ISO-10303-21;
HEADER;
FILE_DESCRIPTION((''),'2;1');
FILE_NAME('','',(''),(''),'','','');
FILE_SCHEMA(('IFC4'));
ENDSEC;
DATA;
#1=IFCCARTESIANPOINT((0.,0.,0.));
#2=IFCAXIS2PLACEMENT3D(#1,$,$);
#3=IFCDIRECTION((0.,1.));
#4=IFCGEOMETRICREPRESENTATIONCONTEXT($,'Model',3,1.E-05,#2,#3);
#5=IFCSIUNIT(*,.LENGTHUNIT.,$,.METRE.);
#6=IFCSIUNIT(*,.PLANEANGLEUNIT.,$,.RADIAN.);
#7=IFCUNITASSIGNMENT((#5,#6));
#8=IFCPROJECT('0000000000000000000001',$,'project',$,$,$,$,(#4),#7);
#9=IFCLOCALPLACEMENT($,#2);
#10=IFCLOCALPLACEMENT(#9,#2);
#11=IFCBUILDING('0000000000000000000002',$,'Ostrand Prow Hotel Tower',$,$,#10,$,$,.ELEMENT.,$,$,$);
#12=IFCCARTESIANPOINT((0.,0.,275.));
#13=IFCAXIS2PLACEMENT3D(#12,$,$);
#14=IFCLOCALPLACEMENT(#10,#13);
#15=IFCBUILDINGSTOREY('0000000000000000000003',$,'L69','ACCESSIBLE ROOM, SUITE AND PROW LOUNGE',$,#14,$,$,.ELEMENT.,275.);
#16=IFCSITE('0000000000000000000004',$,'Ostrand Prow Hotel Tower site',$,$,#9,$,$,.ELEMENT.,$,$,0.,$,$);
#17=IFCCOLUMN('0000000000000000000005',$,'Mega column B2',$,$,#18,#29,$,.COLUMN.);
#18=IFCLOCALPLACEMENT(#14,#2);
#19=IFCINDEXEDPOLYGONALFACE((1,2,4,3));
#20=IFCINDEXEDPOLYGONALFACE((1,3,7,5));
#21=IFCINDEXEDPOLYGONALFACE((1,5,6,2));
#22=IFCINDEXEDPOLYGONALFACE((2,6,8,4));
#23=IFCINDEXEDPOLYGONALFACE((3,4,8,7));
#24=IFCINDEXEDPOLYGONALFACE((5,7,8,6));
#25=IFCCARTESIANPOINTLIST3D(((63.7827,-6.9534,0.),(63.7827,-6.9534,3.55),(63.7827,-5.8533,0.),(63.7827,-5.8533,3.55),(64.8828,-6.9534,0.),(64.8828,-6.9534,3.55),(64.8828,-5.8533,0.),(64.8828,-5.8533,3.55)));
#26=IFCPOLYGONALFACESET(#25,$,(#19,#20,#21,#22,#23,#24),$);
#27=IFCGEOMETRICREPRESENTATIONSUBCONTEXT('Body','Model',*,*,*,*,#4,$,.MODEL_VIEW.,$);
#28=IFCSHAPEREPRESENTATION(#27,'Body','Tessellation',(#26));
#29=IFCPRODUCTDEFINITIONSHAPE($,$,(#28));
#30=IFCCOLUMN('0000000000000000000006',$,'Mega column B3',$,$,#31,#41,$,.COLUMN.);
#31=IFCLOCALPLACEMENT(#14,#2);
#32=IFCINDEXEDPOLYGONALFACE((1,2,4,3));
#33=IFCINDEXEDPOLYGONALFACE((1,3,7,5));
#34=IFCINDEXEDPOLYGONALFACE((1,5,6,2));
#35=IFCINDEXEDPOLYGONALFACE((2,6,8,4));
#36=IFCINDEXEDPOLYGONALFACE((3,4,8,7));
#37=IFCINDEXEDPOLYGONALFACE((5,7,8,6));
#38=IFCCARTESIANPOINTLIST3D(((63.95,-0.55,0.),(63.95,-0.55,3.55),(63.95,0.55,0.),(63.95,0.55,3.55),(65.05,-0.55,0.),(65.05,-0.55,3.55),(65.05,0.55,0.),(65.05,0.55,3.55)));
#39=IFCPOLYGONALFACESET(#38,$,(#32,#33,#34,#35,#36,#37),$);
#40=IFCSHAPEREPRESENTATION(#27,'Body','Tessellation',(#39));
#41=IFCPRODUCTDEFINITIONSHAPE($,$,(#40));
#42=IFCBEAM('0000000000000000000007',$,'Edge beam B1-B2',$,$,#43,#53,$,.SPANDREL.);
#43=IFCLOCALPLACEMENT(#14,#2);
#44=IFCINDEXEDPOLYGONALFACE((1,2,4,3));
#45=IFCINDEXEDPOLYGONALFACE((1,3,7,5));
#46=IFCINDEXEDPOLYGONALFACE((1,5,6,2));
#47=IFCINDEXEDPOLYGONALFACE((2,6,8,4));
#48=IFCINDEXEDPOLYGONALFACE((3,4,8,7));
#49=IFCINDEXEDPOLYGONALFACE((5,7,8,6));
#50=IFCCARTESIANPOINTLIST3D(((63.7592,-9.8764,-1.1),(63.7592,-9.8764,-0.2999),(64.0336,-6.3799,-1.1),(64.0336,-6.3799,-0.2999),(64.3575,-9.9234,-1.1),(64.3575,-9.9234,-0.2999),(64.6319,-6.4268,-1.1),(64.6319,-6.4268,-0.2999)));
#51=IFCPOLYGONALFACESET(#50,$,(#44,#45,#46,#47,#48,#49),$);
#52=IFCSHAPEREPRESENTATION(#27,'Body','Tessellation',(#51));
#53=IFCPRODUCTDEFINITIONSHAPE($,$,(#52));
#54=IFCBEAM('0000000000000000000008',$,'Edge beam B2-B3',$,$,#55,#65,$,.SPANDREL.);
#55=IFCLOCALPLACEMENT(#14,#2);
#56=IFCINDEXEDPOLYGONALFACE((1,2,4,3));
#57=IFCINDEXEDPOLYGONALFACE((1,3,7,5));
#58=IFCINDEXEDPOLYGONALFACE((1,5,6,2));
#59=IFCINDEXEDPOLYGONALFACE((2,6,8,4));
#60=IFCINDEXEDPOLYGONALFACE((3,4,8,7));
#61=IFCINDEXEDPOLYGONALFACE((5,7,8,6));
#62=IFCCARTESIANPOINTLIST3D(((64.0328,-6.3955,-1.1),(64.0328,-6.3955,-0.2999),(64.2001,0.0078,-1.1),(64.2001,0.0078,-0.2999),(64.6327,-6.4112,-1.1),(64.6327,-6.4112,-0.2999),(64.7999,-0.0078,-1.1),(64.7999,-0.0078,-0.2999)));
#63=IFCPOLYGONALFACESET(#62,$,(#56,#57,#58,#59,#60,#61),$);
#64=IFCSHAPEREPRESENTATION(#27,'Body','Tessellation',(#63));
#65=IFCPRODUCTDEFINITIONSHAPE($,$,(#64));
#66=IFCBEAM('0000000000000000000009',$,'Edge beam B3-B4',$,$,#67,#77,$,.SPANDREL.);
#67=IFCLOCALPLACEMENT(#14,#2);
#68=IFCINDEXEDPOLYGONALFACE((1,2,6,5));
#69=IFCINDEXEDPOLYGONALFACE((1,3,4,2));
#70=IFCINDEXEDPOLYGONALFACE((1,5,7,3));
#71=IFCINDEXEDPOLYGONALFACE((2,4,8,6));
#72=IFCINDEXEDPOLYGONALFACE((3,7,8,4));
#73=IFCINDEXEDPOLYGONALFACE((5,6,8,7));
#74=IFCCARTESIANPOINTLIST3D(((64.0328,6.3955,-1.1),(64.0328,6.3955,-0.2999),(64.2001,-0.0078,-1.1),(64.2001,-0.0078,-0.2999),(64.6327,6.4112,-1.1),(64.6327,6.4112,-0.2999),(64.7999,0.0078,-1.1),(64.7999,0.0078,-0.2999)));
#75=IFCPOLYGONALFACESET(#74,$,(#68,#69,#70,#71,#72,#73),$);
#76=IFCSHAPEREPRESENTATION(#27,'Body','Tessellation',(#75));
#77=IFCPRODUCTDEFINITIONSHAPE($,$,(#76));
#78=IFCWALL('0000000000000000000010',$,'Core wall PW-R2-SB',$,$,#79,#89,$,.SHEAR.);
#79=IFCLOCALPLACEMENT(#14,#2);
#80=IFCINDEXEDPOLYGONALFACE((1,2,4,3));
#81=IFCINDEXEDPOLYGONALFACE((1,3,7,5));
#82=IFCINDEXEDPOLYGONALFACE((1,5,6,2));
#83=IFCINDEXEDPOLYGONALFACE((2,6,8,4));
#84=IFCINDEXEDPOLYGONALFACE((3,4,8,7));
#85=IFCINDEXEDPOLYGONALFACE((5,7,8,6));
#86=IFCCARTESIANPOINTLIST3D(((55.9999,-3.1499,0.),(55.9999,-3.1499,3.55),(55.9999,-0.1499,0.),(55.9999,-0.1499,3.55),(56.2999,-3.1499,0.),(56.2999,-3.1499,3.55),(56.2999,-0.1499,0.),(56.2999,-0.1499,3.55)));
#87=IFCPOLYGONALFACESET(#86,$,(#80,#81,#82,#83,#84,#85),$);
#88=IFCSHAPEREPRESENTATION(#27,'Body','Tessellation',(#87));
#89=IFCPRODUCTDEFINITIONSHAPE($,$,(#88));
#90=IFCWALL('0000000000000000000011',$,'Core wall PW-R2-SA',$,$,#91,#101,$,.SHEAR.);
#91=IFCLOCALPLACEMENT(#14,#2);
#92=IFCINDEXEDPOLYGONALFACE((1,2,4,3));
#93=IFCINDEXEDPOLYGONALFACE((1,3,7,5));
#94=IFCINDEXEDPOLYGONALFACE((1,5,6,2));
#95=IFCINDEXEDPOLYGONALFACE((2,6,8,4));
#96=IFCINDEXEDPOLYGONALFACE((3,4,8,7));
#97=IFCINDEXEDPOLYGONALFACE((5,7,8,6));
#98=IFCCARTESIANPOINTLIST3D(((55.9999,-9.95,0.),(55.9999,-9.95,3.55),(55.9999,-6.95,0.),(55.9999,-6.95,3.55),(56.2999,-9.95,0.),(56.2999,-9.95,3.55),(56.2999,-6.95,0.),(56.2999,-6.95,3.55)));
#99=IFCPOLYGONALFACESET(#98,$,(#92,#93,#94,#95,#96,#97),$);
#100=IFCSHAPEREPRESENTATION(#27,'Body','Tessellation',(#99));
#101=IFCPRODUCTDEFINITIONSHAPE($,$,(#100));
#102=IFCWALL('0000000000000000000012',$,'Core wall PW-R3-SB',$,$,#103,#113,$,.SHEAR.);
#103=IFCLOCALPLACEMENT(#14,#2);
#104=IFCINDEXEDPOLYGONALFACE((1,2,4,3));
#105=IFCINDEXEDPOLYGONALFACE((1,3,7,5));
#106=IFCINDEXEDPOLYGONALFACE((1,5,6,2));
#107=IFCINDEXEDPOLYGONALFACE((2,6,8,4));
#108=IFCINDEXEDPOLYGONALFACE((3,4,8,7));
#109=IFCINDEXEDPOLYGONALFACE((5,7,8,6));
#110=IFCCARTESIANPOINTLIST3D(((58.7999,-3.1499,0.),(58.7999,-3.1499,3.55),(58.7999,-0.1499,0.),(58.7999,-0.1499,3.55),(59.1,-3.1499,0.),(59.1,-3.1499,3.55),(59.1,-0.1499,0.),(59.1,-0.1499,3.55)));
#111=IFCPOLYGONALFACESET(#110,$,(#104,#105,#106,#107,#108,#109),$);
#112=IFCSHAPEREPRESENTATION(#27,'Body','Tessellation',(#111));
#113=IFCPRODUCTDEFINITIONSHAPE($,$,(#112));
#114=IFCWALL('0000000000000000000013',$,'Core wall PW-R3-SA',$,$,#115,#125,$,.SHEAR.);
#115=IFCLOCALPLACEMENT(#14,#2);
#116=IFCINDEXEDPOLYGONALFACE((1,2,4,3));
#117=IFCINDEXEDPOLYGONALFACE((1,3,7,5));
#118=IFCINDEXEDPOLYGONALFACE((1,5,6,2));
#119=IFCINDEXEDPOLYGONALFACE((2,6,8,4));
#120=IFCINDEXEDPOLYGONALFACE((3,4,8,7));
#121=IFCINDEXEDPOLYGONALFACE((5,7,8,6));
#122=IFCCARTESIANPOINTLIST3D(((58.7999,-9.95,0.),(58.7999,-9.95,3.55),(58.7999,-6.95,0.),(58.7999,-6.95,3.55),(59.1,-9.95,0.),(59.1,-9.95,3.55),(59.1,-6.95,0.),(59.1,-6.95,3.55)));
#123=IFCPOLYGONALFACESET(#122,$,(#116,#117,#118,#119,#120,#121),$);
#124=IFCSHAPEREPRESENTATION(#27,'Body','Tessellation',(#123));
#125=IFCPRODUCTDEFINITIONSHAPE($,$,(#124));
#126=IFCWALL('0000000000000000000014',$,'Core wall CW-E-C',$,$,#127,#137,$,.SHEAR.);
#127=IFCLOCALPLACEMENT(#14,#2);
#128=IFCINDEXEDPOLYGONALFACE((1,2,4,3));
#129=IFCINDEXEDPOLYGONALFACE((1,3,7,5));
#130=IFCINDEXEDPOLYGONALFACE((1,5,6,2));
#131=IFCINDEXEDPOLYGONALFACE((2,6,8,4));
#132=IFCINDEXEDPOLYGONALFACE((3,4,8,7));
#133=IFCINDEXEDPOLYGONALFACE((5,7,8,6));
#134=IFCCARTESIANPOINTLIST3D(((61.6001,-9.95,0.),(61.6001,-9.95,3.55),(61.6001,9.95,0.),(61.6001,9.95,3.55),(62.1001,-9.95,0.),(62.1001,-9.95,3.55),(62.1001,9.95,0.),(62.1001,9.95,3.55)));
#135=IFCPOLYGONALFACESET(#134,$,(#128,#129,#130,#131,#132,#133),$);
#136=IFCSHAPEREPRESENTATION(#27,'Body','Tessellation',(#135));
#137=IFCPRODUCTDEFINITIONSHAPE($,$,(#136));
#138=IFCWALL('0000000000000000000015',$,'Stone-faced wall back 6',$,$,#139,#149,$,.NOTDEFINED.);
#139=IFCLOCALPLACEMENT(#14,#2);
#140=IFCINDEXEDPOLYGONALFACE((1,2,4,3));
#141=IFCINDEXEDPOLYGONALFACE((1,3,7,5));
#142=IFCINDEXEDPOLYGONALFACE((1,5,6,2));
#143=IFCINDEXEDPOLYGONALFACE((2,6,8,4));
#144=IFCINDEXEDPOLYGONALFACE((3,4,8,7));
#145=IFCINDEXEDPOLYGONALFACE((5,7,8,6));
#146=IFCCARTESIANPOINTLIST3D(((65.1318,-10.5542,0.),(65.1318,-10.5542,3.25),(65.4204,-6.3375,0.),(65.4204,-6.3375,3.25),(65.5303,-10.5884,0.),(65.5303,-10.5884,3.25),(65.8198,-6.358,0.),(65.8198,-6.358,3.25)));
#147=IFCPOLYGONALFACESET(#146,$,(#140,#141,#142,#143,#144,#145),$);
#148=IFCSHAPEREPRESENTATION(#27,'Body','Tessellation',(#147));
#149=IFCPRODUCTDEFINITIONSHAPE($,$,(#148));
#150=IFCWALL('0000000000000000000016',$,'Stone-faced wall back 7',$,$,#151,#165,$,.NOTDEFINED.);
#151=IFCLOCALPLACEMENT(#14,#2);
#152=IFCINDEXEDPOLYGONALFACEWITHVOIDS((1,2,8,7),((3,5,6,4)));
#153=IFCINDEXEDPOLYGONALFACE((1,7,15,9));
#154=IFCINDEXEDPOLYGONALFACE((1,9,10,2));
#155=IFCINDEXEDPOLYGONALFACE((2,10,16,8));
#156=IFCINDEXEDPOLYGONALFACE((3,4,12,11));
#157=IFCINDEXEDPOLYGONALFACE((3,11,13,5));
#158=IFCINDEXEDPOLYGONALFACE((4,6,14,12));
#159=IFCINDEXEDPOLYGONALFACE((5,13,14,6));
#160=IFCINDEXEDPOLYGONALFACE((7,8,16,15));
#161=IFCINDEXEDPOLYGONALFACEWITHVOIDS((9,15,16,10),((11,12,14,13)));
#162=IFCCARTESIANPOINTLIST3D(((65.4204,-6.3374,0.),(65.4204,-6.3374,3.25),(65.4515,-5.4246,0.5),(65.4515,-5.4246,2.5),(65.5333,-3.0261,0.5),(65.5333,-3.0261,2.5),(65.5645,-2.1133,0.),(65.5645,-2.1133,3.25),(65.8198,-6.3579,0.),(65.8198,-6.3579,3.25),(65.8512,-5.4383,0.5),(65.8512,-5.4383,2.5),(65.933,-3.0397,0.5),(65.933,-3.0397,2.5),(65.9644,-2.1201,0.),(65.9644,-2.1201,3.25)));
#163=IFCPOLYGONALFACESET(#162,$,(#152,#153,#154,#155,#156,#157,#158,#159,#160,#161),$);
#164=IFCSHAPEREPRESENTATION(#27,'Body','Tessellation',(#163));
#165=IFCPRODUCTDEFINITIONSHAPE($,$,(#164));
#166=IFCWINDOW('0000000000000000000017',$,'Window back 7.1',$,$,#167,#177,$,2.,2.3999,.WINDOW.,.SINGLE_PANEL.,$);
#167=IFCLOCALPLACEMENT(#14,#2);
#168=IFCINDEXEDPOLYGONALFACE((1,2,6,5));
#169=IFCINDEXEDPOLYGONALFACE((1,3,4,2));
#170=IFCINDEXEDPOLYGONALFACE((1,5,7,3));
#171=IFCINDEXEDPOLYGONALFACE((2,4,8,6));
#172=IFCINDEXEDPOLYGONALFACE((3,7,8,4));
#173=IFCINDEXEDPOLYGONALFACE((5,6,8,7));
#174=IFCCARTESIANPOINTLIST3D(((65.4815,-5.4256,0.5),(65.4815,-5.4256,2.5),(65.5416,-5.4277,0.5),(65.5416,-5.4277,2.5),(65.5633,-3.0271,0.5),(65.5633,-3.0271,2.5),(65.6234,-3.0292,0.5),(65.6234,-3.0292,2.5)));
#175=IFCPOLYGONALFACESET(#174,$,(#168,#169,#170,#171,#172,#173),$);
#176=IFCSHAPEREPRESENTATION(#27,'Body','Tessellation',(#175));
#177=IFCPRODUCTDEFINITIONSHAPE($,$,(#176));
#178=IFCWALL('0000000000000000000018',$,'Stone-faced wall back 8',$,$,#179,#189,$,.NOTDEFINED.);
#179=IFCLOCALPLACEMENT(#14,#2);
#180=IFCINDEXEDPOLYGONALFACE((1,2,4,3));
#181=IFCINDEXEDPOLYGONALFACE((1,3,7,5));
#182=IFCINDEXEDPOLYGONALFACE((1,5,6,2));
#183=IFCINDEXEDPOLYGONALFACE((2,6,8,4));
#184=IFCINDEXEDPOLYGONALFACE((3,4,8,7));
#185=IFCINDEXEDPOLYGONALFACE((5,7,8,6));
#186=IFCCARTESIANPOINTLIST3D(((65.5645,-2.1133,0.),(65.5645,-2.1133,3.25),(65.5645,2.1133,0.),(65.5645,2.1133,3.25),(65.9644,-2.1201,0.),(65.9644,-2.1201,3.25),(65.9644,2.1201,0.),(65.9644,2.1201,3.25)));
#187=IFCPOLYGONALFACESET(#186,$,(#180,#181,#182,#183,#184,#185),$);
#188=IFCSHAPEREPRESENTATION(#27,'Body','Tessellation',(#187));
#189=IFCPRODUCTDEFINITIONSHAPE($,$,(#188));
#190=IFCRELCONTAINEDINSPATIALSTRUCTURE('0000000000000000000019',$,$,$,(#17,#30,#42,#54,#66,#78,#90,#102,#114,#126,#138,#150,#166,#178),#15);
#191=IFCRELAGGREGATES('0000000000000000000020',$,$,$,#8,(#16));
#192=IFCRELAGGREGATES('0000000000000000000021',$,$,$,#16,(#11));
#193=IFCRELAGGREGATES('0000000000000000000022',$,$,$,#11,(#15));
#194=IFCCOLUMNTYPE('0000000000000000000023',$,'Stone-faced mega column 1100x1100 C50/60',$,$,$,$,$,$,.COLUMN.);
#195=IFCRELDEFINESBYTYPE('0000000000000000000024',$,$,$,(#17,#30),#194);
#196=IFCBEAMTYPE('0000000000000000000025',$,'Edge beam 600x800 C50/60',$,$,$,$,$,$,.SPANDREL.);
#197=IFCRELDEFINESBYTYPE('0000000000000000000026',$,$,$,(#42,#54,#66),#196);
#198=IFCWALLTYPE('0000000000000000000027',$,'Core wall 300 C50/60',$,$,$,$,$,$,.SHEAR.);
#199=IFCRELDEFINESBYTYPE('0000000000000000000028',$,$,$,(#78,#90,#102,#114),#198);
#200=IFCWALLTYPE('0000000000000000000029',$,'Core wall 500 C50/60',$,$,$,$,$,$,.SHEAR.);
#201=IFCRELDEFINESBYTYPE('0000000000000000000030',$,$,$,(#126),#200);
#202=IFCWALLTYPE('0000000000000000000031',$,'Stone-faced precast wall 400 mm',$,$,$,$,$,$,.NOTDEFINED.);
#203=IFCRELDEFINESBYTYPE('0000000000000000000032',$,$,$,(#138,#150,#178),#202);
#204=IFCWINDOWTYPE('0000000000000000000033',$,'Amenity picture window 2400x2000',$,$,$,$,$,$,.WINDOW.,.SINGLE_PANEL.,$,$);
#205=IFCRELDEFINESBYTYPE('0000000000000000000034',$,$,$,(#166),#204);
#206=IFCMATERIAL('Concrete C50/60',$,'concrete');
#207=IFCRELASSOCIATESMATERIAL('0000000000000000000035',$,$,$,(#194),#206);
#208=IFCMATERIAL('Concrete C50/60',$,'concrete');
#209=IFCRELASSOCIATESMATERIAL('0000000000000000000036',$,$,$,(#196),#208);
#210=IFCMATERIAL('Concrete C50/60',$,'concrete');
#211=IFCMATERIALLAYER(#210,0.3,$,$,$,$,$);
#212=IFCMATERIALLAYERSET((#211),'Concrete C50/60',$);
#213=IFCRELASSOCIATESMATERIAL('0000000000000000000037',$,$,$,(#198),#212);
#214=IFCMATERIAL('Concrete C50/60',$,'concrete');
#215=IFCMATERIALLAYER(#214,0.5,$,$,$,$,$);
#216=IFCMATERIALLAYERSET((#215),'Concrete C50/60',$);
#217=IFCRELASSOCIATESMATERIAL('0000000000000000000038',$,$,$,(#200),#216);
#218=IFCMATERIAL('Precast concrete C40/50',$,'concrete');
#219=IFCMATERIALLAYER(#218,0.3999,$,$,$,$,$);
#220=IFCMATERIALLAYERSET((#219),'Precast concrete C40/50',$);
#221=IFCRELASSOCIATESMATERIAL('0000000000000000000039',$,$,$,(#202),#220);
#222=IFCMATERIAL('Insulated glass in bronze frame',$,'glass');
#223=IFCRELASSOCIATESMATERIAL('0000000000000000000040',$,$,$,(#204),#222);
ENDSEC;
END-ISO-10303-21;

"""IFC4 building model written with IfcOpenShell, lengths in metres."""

from ifc_helpers import new_model, si_unit, direction, frame, frame_2d, origin, origin_2d, place, context, subcontext, project, spatial, polyline, rectangle, outline, extrude, material, layer, layer_set, material_profile, profile_set, type_object, element, fill, save


model = new_model("IFC4")

# Units and contexts
model_context = context("Model", 3, precision=1e-05, world=origin(), true_north=direction((0.0, 1.0)))
body_context = subcontext(model_context, "Body", "Model", "MODEL_VIEW")
ifc_project = project(units=[si_unit("LENGTHUNIT", "METRE"), si_unit("PLANEANGLEUNIT", "RADIAN")], contexts=[model_context])

# Site, building, storey
site_placement = place(None, origin())
site = spatial("IfcSite", under=ifc_project, at=site_placement, Name="Ostrand Prow Hotel Tower site", CompositionType="ELEMENT", RefElevation=0.0)
building_placement = place(site_placement, origin())
building = spatial("IfcBuilding", under=site, at=building_placement, Name="Ostrand Prow Hotel Tower", CompositionType="ELEMENT")
storey_placement = place(building_placement, frame((0.0, 0.0, 275.0)))
storey = spatial("IfcBuildingStorey", under=building, at=storey_placement, Name="L69", Description="ACCESSIBLE ROOM, SUITE AND PROW LOUNGE", CompositionType="ELEMENT", Elevation=275.0)

# Columns
ifc_material_1 = material(Name="Concrete C50/60", Category="concrete")
ifc_material_profile_1 = material_profile(ifc_material_1, rectangle(XDim=1.1001, YDim=1.1001, at=origin_2d()), Name="RC 1100x1100")
ifc_profile_set_1 = profile_set([ifc_material_profile_1], Name="Concrete C50/60")
column_type = type_object("IfcColumnType", Name="Stone-faced mega column 1100x1100 C50/60", PredefinedType="COLUMN", material=ifc_profile_set_1)
for number, where, z_axis, x_axis, name in (
    (1, (64.3328, -6.4033, 0.0), (0.0, 0.0, 1.0), (1.0, 0.0, 0.0), "Mega column B2"),
    (2, (64.5, 0.0, 0.0), (0.0, 0.0, 1.0), (1.0, 0.0, 0.0), "Mega column B3"),
):
    element("IfcColumn", number, at=place(storey_placement, frame(where, z_axis=z_axis, x_axis=x_axis)), inside=storey, type_object=column_type, Name=name, PredefinedType="COLUMN", context=body_context, shape_type="SweptSolid", body=[
        extrude(rectangle(XDim=1.1001, YDim=1.1001, at=origin_2d()), origin(), (0.0, 0.0, 1.0), 3.55),
    ])

# Beams
ifc_material_2 = material(Name="Concrete C50/60", Category="concrete")
ifc_material_profile_2 = material_profile(ifc_material_2, rectangle(XDim=0.6001, YDim=0.8, at=origin_2d()), Name="RC 600x800")
ifc_profile_set_2 = profile_set([ifc_material_profile_2], Name="Concrete C50/60")
beam_type = type_object("IfcBeamType", Name="Edge beam 600x800 C50/60", PredefinedType="SPANDREL", material=ifc_profile_set_2)
beam_placement = place(storey_placement, frame((64.0583, -9.8999, -0.7), z_axis=(0.07824, 0.996935, 0.0), x_axis=(-0.996935, 0.07824, 0.0)))
element("IfcBeam", 3, at=beam_placement, inside=storey, type_object=beam_type, Name="Edge beam B1-B2", PredefinedType="SPANDREL", context=body_context, shape_type="SweptSolid", body=[
    extrude(rectangle(XDim=0.6001, YDim=0.8, at=origin_2d()), origin(), (0.0, 0.0, 1.0), 3.5073),
])
for number, where, z_axis, x_axis, name in (
    (4, (64.3328, -6.4033, -0.7), (0.026108, 0.999659, 0.0), (-0.999659, 0.026108, 0.0), "Edge beam B2-B3"),
    (5, (64.5, 0.0, -0.7), (-0.026108, 0.999659, 0.0), (-0.999659, -0.026108, 0.0), "Edge beam B3-B4"),
):
    element("IfcBeam", number, at=place(storey_placement, frame(where, z_axis=z_axis, x_axis=x_axis)), inside=storey, type_object=beam_type, Name=name, PredefinedType="SPANDREL", context=body_context, shape_type="SweptSolid", body=[
        extrude(rectangle(XDim=0.6001, YDim=0.8, at=origin_2d()), origin(), (0.0, 0.0, 1.0), 6.4055),
    ])

# Walls
ifc_material_3 = material(Name="Concrete C50/60", Category="concrete")
ifc_layer_1 = layer(ifc_material_3, 0.3)
ifc_layer_set_1 = layer_set([ifc_layer_1], Name="Concrete C50/60")
wall_type_1 = type_object("IfcWallType", Name="Core wall 300 C50/60", PredefinedType="SHEAR", material=ifc_layer_set_1)
for number, where, z_axis, x_axis, name in (
    (6, (56.1499, -3.1499, 0.0), (0.0, 0.0, 1.0), (0.0, 1.0, 0.0), "Core wall PW-R2-SB"),
    (7, (56.1499, -9.95, 0.0), (0.0, 0.0, 1.0), (0.0, 1.0, 0.0), "Core wall PW-R2-SA"),
    (8, (58.95, -3.1499, 0.0), (0.0, 0.0, 1.0), (0.0, 1.0, 0.0), "Core wall PW-R3-SB"),
    (9, (58.95, -9.95, 0.0), (0.0, 0.0, 1.0), (0.0, 1.0, 0.0), "Core wall PW-R3-SA"),
):
    element("IfcWall", number, at=place(storey_placement, frame(where, z_axis=z_axis, x_axis=x_axis)), inside=storey, type_object=wall_type_1, Name=name, PredefinedType="SHEAR", context=body_context, shape_type="SweptSolid", body=[
        extrude(rectangle(XDim=3.0, YDim=0.3, at=frame_2d((1.5, 0.0))), origin(), (0.0, 0.0, 1.0), 3.55),
    ])
ifc_material_4 = material(Name="Concrete C50/60", Category="concrete")
ifc_layer_2 = layer(ifc_material_4, 0.5)
ifc_layer_set_2 = layer_set([ifc_layer_2], Name="Concrete C50/60")
wall_type_2 = type_object("IfcWallType", Name="Core wall 500 C50/60", PredefinedType="SHEAR", material=ifc_layer_set_2)
wall_1_placement = place(storey_placement, frame((61.8501, -9.95, 0.0), z_axis=(0.0, 0.0, 1.0), x_axis=(0.0, 1.0, 0.0)))
element("IfcWall", 10, at=wall_1_placement, inside=storey, type_object=wall_type_2, Name="Core wall CW-E-C", PredefinedType="SHEAR", context=body_context, shape_type="SweptSolid", body=[
    extrude(rectangle(XDim=19.8999, YDim=0.5, at=frame_2d((9.95, 0.0))), origin(), (0.0, 0.0, 1.0), 3.55),
])
ifc_material_5 = material(Name="Precast concrete C40/50", Category="concrete")
ifc_layer_3 = layer(ifc_material_5, 0.3999)
ifc_layer_set_3 = layer_set([ifc_layer_3], Name="Precast concrete C40/50")
wall_type_3 = type_object("IfcWallType", Name="Stone-faced precast wall 400 mm", PredefinedType="NOTDEFINED", material=ifc_layer_set_3)
wall_2_placement = place(storey_placement, frame((65.3311, -10.5713, 0.0), z_axis=(0.0, 0.0, 1.0), x_axis=(0.06828, 0.997666, 0.0)))
element("IfcWall", 11, at=wall_2_placement, inside=storey, type_object=wall_type_3, Name="Stone-faced wall back 6", PredefinedType="NOTDEFINED", context=body_context, shape_type="SweptSolid", body=[
    extrude(outline(polyline([(-0.0034, -0.2), (4.2368, -0.2), (4.23, 0.2), (0.0034, 0.2), (-0.0034, -0.2)])), origin(), (0.0, 0.0, 1.0), 3.25),
])

# Wall, opening, window
wall_3_placement = place(storey_placement, frame((65.6201, -6.3477, 0.0), z_axis=(0.0, 0.0, 1.0), x_axis=(0.034083, 0.999419, 0.0)))
wall_3 = element("IfcWall", 12, at=wall_3_placement, inside=storey, type_object=wall_type_3, Name="Stone-faced wall back 7", PredefinedType="NOTDEFINED", context=body_context, shape_type="SweptSolid", body=[
    extrude(outline(polyline([(-0.0034, -0.2), (4.2368, -0.2), (4.23, 0.2), (0.0034, 0.2), (-0.0034, -0.2)])), origin(), (0.0, 0.0, 1.0), 3.25),
])
opening_placement = place(wall_3_placement, frame((0.9167, 0.0, 0.5)))
opening = element("IfcOpeningElement", 13, at=opening_placement, cuts=wall_3, PredefinedType="OPENING", context=body_context, shape_type="SweptSolid", body=[
    extrude(rectangle(XDim=2.3999, YDim=2.0, at=frame_2d((1.2, 1.0))), frame((0.0, 0.21, 0.0), z_axis=(0.0, -1.0, 0.0), x_axis=(1.0, 0.0, 0.0)), (0.0, 0.0, 1.0), 0.4199),
])
ifc_material_6 = material(Name="Insulated glass in bronze frame", Category="glass")
window_type = type_object("IfcWindowType", Name="Amenity picture window 2400x2000", PartitioningType="SINGLE_PANEL", PredefinedType="WINDOW", material=ifc_material_6)
window_placement = place(opening_placement, origin())
window = element("IfcWindow", 14, at=window_placement, inside=storey, type_object=window_type, Name="Window back 7.1", OverallHeight=2.0, OverallWidth=2.3999, PartitioningType="SINGLE_PANEL", PredefinedType="WINDOW", context=body_context, shape_type="SweptSolid", body=[
    extrude(rectangle(XDim=2.3999, YDim=2.0, at=frame_2d((1.2, 1.0))), frame((0.0, 0.1699, 0.0), z_axis=(0.0, -1.0, 0.0), x_axis=(1.0, 0.0, 0.0)), (0.0, 0.0, 1.0), 0.0601),
])
fill(opening, window)

# Wall
wall_4_placement = place(storey_placement, frame((65.7644, -2.1167, 0.0), z_axis=(0.0, 0.0, 1.0), x_axis=(0.0, 1.0, 0.0)))
element("IfcWall", 15, at=wall_4_placement, inside=storey, type_object=wall_type_3, Name="Stone-faced wall back 8", PredefinedType="NOTDEFINED", context=body_context, shape_type="SweptSolid", body=[
    extrude(outline(polyline([(-0.0034, -0.2), (4.2368, -0.2), (4.23, 0.2), (0.0034, 0.2), (-0.0034, -0.2)])), origin(), (0.0, 0.0, 1.0), 3.25),
])

save(model, "model.ifc")
